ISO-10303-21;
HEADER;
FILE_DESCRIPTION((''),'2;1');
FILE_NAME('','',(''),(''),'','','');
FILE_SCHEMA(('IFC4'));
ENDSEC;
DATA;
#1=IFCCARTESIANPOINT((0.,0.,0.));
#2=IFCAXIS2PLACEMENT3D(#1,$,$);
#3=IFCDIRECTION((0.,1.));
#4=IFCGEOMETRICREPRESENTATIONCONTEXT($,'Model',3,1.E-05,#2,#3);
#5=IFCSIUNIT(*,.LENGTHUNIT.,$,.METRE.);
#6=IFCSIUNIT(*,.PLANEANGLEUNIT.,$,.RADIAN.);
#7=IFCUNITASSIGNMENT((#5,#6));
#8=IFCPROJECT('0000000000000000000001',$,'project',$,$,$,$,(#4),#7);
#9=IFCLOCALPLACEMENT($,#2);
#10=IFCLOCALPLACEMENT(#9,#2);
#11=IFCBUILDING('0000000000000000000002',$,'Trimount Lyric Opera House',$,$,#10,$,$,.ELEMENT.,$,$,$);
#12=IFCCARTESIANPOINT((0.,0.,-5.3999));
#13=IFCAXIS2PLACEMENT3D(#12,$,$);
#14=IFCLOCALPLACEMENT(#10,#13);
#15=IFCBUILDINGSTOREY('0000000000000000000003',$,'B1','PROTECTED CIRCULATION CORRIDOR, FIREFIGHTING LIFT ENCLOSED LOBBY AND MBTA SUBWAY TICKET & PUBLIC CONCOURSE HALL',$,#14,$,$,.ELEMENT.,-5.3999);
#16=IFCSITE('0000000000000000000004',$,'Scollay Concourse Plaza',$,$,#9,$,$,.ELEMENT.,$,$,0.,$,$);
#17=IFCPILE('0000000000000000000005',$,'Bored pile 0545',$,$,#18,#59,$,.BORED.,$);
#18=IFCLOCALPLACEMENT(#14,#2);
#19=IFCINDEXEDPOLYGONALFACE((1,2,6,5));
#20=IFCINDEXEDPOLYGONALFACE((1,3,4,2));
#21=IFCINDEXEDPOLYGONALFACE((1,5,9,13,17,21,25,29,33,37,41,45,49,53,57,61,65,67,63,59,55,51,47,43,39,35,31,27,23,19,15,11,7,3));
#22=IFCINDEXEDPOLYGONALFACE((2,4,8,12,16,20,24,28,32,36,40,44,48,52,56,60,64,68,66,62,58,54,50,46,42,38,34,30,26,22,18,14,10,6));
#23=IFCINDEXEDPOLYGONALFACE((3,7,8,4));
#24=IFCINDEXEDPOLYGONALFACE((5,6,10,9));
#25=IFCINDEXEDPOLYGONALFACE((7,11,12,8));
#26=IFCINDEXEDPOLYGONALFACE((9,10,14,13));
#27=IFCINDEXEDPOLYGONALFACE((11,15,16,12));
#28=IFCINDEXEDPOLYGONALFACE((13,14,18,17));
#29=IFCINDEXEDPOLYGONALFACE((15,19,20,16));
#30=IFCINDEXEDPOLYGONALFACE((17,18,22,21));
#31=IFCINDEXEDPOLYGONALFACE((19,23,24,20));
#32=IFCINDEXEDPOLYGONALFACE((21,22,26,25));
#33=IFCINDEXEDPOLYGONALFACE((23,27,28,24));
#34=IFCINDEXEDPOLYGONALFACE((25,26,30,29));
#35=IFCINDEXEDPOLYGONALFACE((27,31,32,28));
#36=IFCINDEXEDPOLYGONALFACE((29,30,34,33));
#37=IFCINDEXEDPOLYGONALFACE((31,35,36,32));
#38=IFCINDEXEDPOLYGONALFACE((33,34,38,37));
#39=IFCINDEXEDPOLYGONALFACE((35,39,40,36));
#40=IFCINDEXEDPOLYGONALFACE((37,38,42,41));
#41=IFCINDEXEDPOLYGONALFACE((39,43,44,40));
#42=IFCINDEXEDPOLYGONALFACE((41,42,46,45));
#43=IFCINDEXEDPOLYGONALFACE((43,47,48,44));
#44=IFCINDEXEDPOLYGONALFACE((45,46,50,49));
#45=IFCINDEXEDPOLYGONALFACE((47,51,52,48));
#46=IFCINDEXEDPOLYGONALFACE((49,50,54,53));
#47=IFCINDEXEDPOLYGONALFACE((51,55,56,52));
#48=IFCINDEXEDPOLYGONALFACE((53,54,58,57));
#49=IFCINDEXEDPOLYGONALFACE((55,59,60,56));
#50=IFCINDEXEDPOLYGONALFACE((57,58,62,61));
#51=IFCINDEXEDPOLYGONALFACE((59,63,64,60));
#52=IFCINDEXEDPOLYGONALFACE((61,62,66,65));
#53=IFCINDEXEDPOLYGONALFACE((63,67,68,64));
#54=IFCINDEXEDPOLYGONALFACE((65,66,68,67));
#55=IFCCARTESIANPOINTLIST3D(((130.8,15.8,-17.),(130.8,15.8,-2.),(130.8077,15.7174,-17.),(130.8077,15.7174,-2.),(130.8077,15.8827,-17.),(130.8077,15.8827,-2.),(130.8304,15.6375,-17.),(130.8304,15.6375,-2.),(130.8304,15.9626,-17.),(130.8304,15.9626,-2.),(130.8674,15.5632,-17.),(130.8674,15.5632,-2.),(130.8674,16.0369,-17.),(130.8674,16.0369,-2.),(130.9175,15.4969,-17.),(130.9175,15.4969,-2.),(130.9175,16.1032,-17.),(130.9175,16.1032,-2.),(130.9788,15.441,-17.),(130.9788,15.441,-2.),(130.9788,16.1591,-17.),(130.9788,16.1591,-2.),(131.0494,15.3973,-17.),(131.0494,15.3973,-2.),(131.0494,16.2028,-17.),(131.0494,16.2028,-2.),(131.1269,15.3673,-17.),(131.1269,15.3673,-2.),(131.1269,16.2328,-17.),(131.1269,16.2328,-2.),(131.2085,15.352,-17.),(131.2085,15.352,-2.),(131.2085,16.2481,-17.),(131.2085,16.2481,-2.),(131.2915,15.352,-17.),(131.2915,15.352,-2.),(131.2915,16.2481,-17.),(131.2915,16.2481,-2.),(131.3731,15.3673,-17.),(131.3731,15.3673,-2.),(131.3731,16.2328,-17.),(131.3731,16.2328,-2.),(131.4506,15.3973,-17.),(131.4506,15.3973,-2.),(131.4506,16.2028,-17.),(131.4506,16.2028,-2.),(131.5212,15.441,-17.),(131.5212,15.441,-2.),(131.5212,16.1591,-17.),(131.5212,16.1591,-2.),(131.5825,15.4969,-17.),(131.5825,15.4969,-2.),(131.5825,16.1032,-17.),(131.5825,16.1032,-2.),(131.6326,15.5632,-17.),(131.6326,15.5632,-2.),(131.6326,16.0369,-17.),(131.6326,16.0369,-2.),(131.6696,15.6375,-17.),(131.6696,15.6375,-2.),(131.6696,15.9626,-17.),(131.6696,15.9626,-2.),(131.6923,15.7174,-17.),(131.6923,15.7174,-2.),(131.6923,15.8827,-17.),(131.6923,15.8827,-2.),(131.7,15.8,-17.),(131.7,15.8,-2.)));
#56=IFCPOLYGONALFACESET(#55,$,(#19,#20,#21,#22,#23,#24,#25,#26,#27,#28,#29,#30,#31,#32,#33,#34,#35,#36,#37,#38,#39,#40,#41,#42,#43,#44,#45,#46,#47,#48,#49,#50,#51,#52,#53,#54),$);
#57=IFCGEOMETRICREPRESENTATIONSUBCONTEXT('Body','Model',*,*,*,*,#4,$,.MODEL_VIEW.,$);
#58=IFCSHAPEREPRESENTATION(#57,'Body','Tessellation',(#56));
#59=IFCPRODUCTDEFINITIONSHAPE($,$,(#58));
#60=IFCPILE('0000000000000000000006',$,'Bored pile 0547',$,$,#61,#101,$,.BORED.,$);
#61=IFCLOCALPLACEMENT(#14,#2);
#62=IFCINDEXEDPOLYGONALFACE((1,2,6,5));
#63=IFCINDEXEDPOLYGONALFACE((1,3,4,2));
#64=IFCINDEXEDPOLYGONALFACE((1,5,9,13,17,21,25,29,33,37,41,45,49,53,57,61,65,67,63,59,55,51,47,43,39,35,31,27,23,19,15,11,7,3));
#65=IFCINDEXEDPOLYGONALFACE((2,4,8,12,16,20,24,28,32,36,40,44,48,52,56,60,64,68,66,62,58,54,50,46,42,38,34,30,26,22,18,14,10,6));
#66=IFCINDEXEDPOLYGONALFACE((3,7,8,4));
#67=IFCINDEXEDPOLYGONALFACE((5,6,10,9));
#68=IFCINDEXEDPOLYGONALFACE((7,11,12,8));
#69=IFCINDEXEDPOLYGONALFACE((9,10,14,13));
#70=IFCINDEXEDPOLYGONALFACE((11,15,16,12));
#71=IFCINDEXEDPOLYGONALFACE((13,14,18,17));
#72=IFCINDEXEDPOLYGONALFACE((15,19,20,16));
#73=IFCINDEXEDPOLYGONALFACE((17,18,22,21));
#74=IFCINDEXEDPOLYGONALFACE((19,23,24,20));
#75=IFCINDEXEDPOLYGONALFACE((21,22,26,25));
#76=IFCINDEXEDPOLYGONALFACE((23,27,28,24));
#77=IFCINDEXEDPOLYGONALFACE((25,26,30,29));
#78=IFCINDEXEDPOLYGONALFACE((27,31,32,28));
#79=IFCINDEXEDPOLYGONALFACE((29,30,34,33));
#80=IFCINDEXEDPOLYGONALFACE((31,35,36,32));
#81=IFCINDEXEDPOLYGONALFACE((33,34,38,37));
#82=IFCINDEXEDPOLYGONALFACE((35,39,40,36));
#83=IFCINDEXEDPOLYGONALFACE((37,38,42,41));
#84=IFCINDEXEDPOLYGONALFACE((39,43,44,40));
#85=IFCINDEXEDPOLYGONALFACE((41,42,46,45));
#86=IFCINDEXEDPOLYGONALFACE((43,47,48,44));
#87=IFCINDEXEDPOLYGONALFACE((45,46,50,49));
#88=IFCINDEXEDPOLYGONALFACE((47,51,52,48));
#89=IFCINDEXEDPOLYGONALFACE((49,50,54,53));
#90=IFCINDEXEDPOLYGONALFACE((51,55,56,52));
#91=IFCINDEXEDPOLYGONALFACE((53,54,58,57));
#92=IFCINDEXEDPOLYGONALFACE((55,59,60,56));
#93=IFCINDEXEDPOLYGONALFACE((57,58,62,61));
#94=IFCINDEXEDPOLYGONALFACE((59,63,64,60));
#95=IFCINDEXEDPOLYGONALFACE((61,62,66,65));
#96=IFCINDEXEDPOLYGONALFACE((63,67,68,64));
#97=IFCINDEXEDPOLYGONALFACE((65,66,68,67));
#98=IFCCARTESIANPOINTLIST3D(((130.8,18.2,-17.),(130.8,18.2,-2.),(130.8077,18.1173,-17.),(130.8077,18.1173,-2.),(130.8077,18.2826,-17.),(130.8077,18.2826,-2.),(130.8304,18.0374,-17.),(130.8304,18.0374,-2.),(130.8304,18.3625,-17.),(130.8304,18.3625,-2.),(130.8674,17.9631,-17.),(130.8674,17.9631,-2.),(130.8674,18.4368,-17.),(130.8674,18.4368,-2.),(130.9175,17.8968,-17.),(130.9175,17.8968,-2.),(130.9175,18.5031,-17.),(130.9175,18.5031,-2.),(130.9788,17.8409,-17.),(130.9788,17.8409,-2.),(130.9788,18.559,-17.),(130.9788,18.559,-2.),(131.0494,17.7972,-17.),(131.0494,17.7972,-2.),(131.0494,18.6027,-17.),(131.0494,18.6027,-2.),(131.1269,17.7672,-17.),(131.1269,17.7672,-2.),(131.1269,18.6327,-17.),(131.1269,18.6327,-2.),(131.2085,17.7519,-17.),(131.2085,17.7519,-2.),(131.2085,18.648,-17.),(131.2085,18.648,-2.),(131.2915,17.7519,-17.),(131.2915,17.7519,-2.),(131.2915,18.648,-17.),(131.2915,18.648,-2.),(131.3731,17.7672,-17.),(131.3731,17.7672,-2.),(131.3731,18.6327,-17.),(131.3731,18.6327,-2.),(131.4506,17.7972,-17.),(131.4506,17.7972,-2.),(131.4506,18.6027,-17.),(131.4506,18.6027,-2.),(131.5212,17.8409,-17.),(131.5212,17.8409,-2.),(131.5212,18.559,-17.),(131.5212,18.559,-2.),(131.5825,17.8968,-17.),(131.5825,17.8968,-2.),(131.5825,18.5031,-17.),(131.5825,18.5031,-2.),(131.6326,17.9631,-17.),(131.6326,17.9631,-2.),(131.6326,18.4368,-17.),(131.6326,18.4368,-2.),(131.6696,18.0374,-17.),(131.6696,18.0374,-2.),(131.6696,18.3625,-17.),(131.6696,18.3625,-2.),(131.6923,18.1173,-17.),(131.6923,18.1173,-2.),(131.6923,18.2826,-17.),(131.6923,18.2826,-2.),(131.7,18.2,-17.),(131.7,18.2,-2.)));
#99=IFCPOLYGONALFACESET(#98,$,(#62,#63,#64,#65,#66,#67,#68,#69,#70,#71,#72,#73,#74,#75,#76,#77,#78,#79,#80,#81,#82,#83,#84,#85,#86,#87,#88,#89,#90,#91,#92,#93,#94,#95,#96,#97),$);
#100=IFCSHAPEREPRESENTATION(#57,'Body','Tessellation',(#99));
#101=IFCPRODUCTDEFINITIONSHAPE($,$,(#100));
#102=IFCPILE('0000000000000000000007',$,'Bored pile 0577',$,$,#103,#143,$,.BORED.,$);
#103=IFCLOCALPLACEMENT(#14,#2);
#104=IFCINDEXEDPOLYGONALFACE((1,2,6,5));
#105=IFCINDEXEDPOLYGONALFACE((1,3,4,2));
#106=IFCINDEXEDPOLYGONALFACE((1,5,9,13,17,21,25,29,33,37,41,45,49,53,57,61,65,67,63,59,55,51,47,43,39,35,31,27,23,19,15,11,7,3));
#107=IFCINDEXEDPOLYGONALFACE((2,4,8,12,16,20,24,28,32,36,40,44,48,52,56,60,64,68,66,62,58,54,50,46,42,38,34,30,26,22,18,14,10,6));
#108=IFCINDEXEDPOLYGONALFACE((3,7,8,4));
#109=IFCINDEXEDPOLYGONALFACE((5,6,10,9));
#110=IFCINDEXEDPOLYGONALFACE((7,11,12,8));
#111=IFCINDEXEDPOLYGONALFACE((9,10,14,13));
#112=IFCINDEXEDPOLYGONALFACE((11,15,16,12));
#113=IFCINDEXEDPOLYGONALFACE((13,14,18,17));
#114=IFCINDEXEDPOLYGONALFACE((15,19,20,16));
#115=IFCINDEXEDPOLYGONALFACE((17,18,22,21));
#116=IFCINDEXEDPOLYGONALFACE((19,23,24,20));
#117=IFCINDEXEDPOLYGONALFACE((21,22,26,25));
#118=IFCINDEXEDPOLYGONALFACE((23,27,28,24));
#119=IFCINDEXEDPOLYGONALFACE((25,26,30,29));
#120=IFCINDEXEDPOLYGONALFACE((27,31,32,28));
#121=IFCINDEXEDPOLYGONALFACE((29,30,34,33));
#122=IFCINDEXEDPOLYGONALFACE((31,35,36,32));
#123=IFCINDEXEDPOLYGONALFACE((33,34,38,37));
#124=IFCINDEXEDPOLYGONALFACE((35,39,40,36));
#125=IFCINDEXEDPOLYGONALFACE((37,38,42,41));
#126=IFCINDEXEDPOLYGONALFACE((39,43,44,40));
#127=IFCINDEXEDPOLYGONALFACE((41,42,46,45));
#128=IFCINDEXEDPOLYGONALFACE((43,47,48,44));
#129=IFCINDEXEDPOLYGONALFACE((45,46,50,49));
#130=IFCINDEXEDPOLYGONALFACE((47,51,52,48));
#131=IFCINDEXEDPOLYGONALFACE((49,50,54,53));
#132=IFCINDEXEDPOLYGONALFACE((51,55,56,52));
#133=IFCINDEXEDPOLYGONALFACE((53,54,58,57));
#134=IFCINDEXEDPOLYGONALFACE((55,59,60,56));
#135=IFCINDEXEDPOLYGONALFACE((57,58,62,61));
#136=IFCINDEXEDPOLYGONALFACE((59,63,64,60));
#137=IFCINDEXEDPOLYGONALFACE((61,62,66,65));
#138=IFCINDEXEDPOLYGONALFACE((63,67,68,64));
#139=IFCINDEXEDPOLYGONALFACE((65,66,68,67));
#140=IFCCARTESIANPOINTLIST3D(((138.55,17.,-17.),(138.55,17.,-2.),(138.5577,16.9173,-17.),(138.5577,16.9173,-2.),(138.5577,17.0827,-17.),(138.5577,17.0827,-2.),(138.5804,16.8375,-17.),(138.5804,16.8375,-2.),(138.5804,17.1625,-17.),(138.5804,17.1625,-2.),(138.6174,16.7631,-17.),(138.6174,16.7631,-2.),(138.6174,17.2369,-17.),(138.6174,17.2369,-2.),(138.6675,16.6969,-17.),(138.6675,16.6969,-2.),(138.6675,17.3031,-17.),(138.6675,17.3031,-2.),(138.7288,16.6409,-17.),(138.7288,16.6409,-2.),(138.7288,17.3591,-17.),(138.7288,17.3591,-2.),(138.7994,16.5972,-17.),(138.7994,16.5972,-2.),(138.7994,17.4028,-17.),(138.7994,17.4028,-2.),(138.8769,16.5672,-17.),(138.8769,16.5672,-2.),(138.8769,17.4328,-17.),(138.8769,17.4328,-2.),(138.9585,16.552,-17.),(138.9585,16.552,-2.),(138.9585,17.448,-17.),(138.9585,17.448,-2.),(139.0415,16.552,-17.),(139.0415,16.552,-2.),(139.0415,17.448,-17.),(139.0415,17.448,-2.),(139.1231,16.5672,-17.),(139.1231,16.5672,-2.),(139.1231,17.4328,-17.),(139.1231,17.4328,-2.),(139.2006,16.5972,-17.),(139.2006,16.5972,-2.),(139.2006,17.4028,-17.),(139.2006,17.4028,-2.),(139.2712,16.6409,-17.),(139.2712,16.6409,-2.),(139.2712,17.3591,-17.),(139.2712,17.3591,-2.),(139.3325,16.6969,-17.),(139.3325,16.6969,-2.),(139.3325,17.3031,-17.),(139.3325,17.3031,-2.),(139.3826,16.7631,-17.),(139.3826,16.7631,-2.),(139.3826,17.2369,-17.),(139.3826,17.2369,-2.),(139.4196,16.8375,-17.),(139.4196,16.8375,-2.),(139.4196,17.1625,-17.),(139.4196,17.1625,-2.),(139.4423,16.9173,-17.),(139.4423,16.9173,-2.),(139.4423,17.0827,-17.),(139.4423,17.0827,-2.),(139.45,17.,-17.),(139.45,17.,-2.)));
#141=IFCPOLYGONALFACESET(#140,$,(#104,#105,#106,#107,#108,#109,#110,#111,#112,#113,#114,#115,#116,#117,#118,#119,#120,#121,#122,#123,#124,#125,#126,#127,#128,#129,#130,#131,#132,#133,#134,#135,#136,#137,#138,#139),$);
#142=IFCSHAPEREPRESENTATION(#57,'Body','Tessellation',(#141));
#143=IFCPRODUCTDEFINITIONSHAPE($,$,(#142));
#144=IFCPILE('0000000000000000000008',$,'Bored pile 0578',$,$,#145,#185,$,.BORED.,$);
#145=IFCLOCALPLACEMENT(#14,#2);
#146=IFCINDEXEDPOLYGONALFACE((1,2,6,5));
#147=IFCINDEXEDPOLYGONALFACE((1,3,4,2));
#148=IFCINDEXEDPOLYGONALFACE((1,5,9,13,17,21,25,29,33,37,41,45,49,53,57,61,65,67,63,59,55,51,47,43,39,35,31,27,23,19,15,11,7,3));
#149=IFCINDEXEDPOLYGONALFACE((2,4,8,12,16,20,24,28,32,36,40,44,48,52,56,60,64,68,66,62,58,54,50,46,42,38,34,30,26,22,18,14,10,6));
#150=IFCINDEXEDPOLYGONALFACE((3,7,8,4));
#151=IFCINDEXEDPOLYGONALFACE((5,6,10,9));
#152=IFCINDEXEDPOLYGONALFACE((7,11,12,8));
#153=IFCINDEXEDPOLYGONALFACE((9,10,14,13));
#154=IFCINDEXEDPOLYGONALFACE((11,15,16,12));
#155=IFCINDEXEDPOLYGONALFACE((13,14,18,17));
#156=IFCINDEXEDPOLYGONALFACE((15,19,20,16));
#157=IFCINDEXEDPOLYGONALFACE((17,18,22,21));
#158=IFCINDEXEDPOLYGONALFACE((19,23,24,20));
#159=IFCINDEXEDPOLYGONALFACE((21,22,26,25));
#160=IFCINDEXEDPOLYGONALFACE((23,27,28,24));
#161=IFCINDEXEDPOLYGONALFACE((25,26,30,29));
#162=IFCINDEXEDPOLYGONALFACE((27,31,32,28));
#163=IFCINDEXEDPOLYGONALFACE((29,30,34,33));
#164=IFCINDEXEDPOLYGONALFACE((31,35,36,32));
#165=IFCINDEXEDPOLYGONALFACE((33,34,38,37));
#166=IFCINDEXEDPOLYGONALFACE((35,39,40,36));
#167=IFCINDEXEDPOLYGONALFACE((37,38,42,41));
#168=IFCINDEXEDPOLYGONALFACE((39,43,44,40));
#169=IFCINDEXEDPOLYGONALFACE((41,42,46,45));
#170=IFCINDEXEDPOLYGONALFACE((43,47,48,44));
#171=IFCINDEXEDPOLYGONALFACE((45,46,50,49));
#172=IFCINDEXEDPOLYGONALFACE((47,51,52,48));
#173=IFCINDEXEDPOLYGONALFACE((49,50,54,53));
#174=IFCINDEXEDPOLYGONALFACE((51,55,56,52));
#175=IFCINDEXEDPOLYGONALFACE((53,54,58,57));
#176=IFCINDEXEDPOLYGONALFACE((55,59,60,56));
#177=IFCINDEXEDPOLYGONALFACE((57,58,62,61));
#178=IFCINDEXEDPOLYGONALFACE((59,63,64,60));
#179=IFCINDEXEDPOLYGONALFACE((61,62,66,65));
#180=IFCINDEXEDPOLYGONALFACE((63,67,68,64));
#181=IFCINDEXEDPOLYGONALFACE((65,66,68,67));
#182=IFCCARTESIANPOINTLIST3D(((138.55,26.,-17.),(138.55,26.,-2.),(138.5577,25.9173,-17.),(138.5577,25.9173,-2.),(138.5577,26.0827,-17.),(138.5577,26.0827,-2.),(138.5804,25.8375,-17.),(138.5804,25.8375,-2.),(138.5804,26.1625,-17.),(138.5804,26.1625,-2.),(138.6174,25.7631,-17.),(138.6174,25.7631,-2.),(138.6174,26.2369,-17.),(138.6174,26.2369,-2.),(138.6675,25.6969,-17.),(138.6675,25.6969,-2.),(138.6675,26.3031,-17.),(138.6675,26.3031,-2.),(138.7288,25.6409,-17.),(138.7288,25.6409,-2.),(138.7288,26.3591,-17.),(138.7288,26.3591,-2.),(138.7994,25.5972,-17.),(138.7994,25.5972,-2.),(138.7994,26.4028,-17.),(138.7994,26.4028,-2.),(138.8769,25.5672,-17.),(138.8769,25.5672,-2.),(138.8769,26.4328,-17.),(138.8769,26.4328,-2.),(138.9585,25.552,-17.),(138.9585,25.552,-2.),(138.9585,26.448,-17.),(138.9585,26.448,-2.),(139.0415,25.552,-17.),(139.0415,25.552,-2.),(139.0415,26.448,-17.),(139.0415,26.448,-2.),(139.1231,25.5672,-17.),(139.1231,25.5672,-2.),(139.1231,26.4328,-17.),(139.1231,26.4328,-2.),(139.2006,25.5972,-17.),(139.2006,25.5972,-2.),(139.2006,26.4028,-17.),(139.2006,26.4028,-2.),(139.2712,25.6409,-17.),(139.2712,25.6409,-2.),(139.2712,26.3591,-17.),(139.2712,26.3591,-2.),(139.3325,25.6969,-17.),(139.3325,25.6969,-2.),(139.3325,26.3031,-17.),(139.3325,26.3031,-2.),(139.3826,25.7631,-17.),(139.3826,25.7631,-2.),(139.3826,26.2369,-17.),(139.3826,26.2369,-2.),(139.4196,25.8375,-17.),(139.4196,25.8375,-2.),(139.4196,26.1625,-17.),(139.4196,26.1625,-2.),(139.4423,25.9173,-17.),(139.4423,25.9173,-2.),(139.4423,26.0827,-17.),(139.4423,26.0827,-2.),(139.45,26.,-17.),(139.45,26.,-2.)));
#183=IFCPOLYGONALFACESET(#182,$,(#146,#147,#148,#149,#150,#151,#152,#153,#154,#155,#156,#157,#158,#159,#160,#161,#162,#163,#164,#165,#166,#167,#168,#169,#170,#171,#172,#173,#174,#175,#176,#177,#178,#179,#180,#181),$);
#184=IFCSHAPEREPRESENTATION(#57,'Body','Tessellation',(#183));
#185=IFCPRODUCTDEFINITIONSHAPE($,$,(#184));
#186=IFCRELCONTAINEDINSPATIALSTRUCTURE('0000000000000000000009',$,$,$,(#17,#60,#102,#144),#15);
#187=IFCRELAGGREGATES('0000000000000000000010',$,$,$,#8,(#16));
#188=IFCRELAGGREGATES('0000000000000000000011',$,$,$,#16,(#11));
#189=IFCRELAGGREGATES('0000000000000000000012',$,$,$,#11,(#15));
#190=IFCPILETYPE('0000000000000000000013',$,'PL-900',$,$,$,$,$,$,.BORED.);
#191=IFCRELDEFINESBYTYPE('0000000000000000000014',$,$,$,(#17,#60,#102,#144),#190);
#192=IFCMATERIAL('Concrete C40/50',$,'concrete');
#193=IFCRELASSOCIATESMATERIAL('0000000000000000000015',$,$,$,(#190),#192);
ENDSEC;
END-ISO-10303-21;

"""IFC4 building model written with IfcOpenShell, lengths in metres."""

from ifc_helpers import new_model, si_unit, direction, frame, origin, origin_2d, place, context, subcontext, project, spatial, circle, extrude, material, material_profile, profile_set, type_object, element, save


model = new_model("IFC4")

# Units and contexts
model_context = context("Model", 3, precision=1e-05, world=origin(), true_north=direction((0.0, 1.0)))
body_context = subcontext(model_context, "Body", "Model", "MODEL_VIEW")
ifc_project = project(units=[si_unit("LENGTHUNIT", "METRE"), si_unit("PLANEANGLEUNIT", "RADIAN")], contexts=[model_context])

# Site, building, storey
site_placement = place(None, origin())
site = spatial("IfcSite", under=ifc_project, at=site_placement, Name="Scollay Concourse Plaza", CompositionType="ELEMENT", RefElevation=0.0)
building_placement = place(site_placement, origin())
building = spatial("IfcBuilding", under=site, at=building_placement, Name="Trimount Lyric Opera House", CompositionType="ELEMENT")
storey_placement = place(building_placement, frame((0.0, 0.0, -5.3999)))
storey = spatial("IfcBuildingStorey", under=building, at=storey_placement, Name="B1", Description="PROTECTED CIRCULATION CORRIDOR, FIREFIGHTING LIFT ENCLOSED LOBBY AND MBTA SUBWAY TICKET & PUBLIC CONCOURSE HALL", CompositionType="ELEMENT", Elevation=-5.3999)

# Piles
ifc_material_1 = material(Name="Concrete C40/50", Category="concrete")
ifc_material_profile_1 = material_profile(ifc_material_1, circle(Radius=0.45, at=origin_2d()), Name="PILE-D900")
ifc_profile_set_1 = profile_set([ifc_material_profile_1], Name="Concrete C40/50")
pile_type_1 = type_object("IfcPileType", Name="PL-900", PredefinedType="BORED", material=ifc_profile_set_1)
for number, where, z_axis, x_axis, name in (
    (1, (131.25, 15.8, -2.0), (0.0, 0.0, -1.0), (1.0, 0.0, 0.0), "Bored pile 0545"),
    (2, (131.25, 18.2, -2.0), (0.0, 0.0, -1.0), (1.0, 0.0, 0.0), "Bored pile 0547"),
    (3, (139.0, 17.0, -2.0), (0.0, 0.0, -1.0), (1.0, 0.0, 0.0), "Bored pile 0577"),
    (4, (139.0, 26.0, -2.0), (0.0, 0.0, -1.0), (1.0, 0.0, 0.0), "Bored pile 0578"),
):
    element("IfcPile", number, at=place(storey_placement, frame(where, z_axis=z_axis, x_axis=x_axis)), inside=storey, type_object=pile_type_1, Name=name, PredefinedType="BORED", context=body_context, shape_type="SweptSolid", body=[
        extrude(circle(Radius=0.45, at=origin_2d()), origin(), (0.0, 0.0, 1.0), 15.0),
    ])

save(model, "model.ifc")
